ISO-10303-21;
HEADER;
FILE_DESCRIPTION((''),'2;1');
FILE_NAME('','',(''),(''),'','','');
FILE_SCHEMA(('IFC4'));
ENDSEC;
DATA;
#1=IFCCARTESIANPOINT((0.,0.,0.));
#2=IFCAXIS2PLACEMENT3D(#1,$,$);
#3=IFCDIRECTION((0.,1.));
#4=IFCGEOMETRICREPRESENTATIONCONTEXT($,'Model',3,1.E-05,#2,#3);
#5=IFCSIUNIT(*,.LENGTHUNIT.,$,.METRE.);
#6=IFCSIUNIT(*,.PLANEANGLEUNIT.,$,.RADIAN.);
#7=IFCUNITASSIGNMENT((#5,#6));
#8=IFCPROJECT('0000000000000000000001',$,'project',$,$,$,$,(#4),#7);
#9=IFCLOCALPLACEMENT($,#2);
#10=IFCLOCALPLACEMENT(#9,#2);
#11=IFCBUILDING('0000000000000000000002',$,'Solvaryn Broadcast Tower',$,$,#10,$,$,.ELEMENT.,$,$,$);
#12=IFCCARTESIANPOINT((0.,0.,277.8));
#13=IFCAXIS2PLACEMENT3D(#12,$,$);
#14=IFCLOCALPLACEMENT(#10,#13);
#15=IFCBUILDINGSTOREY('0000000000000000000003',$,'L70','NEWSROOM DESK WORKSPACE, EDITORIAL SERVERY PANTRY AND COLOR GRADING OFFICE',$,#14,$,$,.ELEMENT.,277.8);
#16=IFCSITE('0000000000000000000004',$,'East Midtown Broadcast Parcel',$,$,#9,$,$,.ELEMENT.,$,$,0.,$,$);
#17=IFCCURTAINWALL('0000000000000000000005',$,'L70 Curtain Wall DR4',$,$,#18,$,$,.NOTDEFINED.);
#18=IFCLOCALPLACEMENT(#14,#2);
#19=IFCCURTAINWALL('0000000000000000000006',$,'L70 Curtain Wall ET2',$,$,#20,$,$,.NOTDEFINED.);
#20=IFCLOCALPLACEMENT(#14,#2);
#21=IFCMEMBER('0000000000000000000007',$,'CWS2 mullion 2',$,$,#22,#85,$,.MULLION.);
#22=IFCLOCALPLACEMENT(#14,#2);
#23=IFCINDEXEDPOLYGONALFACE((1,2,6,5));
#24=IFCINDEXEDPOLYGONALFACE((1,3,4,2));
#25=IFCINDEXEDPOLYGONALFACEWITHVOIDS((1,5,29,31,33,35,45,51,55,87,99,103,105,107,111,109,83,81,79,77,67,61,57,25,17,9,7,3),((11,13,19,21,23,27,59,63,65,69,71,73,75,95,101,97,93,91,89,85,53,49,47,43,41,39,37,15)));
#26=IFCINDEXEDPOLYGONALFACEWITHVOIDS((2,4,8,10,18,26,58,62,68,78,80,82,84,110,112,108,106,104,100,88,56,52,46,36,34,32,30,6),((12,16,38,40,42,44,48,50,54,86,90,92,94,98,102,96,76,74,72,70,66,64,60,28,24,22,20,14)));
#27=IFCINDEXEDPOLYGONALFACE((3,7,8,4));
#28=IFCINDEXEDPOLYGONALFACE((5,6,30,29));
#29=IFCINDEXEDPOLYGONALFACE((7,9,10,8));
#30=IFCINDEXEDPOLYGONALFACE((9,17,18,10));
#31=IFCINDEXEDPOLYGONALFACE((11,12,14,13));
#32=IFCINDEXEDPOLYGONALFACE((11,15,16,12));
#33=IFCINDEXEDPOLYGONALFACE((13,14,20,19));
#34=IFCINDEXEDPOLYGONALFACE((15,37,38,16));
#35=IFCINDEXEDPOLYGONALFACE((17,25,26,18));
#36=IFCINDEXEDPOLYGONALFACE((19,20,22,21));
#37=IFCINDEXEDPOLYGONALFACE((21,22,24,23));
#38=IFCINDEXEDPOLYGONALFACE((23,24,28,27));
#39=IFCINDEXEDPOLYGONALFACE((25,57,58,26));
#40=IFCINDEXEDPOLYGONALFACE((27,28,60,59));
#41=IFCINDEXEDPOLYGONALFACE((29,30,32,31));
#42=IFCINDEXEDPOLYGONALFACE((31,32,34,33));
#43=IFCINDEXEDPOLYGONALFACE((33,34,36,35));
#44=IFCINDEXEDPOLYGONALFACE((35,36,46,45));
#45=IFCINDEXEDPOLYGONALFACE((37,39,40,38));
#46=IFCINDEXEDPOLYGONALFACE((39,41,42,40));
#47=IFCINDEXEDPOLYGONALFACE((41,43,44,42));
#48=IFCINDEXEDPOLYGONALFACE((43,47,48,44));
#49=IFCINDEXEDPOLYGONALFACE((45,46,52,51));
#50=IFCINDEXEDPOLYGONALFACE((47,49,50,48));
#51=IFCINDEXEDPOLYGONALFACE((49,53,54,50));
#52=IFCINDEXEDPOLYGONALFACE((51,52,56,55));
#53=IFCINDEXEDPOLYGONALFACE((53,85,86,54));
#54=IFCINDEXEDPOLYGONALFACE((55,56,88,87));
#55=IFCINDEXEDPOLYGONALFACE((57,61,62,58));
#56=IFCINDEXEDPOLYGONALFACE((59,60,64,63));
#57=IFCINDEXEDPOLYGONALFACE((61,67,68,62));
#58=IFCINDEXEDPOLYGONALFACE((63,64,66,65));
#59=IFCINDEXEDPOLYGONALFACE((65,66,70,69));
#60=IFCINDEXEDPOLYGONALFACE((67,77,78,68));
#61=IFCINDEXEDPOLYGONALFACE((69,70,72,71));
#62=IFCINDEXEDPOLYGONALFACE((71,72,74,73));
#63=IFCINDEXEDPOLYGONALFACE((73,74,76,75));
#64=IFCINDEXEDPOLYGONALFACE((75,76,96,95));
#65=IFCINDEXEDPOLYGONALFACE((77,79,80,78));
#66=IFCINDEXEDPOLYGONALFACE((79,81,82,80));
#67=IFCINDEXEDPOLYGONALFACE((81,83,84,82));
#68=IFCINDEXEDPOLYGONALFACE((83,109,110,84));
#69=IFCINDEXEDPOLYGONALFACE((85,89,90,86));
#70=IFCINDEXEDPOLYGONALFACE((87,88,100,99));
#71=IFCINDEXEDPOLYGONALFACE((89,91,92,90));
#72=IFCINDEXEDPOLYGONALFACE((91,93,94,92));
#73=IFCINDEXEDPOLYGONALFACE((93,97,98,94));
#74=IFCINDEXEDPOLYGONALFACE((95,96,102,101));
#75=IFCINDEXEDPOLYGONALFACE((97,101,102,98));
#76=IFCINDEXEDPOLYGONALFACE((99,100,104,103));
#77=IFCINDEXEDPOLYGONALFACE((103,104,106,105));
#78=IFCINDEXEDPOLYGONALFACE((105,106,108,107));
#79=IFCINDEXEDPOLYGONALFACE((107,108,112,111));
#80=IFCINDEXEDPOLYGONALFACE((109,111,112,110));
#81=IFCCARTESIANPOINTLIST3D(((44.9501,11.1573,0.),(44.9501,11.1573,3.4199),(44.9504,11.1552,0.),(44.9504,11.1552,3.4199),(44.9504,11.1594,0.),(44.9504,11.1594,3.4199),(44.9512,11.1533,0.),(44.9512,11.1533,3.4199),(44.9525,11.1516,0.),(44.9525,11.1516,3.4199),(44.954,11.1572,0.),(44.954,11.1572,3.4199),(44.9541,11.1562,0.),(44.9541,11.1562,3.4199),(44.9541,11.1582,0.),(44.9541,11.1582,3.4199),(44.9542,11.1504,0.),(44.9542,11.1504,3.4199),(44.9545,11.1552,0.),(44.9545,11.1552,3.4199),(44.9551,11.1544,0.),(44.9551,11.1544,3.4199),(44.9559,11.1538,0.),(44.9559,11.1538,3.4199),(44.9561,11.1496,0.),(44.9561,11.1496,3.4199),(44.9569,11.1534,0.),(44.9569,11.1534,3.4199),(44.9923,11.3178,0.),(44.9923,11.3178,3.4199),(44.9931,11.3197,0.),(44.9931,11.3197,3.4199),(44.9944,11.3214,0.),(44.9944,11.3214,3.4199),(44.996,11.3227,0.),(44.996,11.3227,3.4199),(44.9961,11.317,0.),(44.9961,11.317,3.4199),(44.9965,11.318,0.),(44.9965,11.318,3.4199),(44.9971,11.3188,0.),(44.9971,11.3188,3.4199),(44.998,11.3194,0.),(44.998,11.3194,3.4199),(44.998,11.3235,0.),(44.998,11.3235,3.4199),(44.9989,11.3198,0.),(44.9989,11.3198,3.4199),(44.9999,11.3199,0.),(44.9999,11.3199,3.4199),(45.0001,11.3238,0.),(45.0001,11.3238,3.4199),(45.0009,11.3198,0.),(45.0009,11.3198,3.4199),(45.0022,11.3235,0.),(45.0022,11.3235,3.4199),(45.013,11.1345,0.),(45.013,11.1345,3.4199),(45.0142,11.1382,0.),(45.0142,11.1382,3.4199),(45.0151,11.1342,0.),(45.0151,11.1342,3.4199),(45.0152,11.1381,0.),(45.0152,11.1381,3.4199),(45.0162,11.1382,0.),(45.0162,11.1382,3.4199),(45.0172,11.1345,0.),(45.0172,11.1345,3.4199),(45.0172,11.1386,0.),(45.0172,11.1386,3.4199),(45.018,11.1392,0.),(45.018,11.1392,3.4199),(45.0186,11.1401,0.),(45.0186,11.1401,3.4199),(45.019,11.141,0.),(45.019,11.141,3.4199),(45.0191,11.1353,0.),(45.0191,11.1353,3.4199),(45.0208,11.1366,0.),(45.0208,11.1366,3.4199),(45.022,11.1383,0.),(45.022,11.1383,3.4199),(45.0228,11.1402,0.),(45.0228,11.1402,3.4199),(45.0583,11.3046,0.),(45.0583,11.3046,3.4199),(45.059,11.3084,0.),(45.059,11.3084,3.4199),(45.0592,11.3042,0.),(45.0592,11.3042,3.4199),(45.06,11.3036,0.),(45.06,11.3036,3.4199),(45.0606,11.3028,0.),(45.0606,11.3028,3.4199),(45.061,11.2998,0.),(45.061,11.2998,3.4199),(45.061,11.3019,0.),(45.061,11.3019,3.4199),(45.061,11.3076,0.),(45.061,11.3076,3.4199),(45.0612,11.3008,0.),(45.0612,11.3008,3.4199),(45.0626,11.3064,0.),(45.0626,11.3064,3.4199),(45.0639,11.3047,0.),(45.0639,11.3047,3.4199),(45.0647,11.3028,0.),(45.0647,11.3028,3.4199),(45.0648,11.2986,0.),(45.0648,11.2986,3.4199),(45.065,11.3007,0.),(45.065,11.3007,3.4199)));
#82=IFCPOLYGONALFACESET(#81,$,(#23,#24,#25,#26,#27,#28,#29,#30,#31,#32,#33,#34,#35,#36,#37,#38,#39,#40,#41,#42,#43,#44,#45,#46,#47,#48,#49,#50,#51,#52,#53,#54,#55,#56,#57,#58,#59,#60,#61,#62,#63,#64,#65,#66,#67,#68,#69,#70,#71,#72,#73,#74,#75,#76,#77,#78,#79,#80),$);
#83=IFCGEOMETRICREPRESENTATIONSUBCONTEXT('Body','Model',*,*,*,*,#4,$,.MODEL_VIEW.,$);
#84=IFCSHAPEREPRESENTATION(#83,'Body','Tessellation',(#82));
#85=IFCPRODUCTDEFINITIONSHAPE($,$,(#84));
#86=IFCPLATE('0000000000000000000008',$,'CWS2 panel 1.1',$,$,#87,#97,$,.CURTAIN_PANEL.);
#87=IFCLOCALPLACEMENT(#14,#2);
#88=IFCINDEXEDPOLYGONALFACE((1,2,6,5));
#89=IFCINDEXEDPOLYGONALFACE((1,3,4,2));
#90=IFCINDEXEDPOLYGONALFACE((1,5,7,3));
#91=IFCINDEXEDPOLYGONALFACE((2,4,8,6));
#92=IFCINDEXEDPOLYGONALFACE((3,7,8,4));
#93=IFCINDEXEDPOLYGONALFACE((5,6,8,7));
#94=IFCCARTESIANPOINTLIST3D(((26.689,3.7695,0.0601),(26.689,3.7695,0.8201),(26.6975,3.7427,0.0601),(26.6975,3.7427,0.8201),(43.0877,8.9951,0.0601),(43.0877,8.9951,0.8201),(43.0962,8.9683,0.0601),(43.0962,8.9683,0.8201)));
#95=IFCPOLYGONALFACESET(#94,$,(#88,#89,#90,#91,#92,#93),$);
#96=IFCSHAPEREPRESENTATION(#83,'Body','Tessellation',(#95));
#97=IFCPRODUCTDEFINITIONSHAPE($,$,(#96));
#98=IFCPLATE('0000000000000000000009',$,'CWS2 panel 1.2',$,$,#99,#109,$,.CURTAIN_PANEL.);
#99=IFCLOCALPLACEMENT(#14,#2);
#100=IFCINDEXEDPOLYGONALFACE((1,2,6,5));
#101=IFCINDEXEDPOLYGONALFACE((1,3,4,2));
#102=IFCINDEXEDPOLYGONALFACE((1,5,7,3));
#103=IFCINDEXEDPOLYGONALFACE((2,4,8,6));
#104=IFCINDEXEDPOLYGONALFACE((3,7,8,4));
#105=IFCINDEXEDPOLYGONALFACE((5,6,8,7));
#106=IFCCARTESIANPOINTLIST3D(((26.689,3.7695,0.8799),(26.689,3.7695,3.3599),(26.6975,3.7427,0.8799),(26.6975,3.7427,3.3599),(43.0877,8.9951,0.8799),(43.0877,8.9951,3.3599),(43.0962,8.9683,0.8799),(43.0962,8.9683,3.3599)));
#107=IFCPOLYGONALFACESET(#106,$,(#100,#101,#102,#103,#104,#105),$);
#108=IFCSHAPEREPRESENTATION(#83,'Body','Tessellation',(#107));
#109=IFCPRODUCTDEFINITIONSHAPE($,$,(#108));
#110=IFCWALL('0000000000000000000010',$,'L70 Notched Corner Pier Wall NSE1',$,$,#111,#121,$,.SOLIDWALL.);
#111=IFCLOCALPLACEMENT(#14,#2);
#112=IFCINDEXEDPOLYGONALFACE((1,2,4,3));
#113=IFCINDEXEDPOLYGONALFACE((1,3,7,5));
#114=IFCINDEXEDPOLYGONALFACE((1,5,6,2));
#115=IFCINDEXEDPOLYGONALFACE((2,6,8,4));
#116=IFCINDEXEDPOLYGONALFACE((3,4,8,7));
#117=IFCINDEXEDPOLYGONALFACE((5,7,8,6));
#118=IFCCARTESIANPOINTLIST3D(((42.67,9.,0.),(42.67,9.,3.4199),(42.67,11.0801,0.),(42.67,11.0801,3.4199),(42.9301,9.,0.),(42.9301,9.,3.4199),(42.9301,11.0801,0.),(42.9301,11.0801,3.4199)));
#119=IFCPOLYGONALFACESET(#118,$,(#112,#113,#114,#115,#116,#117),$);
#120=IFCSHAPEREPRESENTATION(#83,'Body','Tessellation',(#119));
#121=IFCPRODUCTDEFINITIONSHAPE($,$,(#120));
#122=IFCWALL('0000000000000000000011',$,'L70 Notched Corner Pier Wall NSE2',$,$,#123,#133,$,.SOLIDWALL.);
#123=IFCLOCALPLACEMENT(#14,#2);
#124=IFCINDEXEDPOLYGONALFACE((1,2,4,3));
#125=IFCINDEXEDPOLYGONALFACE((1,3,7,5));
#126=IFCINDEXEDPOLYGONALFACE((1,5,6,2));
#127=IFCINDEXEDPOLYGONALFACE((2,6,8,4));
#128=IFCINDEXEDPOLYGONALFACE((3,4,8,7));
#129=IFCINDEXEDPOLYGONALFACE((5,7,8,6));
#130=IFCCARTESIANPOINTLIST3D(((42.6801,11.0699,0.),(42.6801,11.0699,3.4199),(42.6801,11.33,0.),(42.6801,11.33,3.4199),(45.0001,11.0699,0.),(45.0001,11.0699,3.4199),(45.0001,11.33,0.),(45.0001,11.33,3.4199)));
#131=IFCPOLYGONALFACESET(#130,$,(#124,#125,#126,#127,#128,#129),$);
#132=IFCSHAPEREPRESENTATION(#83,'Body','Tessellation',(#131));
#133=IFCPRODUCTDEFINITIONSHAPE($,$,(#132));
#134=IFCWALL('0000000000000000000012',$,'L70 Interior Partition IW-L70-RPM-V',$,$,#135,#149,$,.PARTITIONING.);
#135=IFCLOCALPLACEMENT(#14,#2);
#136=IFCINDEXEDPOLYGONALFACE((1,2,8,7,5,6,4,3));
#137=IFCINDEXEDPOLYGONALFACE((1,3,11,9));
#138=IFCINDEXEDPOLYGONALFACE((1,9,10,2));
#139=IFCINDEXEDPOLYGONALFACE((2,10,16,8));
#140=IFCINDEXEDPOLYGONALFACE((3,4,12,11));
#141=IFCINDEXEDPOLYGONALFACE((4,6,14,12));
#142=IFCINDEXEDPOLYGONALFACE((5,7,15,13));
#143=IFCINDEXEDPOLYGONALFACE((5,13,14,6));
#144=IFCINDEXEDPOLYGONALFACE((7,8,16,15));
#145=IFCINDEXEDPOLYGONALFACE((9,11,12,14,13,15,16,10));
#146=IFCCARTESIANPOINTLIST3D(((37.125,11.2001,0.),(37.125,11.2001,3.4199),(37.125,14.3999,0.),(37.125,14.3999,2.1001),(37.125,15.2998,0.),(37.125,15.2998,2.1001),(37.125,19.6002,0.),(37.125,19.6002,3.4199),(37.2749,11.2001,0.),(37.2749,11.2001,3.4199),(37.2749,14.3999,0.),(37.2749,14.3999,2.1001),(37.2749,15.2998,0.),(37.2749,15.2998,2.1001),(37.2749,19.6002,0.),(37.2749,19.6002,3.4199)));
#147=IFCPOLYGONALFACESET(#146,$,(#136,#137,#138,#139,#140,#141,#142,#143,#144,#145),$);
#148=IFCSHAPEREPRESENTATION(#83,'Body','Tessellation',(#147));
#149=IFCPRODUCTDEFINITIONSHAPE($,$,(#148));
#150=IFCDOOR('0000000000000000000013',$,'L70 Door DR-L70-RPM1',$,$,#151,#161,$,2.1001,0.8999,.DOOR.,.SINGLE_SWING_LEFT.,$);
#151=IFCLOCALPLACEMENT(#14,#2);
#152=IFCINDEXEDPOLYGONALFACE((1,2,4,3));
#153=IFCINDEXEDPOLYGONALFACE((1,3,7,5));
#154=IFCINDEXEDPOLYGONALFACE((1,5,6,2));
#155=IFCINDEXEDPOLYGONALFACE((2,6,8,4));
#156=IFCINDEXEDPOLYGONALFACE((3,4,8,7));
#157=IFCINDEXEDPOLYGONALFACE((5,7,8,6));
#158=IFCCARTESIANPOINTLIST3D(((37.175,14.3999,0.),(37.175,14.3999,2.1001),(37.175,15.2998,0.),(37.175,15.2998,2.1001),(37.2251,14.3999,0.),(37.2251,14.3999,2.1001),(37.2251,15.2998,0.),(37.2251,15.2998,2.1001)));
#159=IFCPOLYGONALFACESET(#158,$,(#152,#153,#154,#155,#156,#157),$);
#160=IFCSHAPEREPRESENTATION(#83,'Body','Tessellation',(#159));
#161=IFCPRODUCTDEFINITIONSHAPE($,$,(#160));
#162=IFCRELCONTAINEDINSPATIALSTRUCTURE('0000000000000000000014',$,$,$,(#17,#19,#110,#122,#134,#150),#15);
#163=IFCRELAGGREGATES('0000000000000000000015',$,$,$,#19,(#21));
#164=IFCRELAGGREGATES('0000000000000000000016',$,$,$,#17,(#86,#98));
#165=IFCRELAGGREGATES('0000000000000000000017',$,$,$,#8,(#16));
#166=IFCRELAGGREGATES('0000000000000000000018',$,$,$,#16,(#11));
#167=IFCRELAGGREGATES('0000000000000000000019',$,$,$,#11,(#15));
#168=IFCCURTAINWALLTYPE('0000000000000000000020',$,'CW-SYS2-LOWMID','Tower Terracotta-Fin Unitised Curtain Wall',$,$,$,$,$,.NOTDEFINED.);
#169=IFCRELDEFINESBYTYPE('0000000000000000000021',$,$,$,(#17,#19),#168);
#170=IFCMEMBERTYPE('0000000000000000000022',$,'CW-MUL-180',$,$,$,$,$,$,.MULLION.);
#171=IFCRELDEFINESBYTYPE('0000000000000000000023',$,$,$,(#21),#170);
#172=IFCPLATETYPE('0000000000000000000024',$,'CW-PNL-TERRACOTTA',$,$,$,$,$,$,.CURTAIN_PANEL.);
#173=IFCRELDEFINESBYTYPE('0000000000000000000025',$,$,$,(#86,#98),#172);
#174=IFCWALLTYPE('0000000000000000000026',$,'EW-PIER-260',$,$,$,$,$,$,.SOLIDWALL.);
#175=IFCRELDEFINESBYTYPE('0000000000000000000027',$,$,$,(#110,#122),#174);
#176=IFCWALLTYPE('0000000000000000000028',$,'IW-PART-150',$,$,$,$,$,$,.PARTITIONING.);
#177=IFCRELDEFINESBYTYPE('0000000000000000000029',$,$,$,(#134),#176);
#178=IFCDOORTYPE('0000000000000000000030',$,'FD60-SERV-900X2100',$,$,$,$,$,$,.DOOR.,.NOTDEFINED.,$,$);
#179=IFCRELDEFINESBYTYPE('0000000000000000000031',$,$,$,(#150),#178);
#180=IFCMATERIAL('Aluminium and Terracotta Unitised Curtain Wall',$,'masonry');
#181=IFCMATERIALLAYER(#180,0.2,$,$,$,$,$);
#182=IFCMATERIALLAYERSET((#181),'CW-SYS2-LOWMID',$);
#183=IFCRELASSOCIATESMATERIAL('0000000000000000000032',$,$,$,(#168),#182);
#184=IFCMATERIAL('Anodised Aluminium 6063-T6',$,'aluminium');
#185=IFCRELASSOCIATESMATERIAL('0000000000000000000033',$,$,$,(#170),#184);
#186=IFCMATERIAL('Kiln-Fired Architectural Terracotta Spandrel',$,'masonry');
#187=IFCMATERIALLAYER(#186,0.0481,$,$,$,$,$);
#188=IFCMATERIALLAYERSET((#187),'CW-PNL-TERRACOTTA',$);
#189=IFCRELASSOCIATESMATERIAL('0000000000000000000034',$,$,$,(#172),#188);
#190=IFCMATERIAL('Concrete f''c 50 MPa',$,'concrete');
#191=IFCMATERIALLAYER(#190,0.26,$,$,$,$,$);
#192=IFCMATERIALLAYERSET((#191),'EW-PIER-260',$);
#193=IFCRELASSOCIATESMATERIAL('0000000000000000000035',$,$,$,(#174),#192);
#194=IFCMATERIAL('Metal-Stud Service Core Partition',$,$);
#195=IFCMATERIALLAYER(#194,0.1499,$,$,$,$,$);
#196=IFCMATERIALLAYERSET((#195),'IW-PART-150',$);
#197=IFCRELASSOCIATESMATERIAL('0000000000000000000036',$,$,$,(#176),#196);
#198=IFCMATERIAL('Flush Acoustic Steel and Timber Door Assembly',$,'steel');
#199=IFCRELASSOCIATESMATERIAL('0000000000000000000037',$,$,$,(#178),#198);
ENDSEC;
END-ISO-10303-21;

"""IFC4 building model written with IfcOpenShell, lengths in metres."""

from ifc_helpers import new_model, si_unit, direction, frame, frame_2d, origin, origin_2d, place, context, subcontext, project, spatial, rectangle, hollow_rectangle, extrude, material, layer, layer_set, material_profile, profile_set, type_object, element, fill, aggregate, save


model = new_model("IFC4")

# Units and contexts
model_context = context("Model", 3, precision=1e-05, world=origin(), true_north=direction((0.0, 1.0)))
body_context = subcontext(model_context, "Body", "Model", "MODEL_VIEW")
ifc_project = project(units=[si_unit("LENGTHUNIT", "METRE"), si_unit("PLANEANGLEUNIT", "RADIAN")], contexts=[model_context])

# Site, building, storey
site_placement = place(None, origin())
site = spatial("IfcSite", under=ifc_project, at=site_placement, Name="East Midtown Broadcast Parcel", CompositionType="ELEMENT", RefElevation=0.0)
building_placement = place(site_placement, origin())
building = spatial("IfcBuilding", under=site, at=building_placement, Name="Solvaryn Broadcast Tower", CompositionType="ELEMENT")
storey_placement = place(building_placement, frame((0.0, 0.0, 277.8)))
storey = spatial("IfcBuildingStorey", under=building, at=storey_placement, Name="L70", Description="NEWSROOM DESK WORKSPACE, EDITORIAL SERVERY PANTRY AND COLOR GRADING OFFICE", CompositionType="ELEMENT", Elevation=277.8)

# Curtain walls, member
ifc_material_1 = material(Name="Aluminium and Terracotta Unitised Curtain Wall", Category="masonry")
ifc_layer_1 = layer(ifc_material_1, 0.2)
ifc_layer_set_1 = layer_set([ifc_layer_1], Name="CW-SYS2-LOWMID")
curtain_wall_type = type_object("IfcCurtainWallType", Name="CW-SYS2-LOWMID", Description="Tower Terracotta-Fin Unitised Curtain Wall", PredefinedType="NOTDEFINED", material=ifc_layer_set_1)
curtain_wall_1_placement = place(storey_placement, origin())
curtain_wall_1 = element("IfcCurtainWall", 1, at=curtain_wall_1_placement, inside=storey, type_object=curtain_wall_type, Name="L70 Curtain Wall DR4", PredefinedType="NOTDEFINED")
ifc_material_2 = material(Name="Anodised Aluminium 6063-T6", Category="aluminium")
ifc_material_profile_1 = material_profile(ifc_material_2, hollow_rectangle(XDim=0.075, YDim=0.1799, WallThickness=0.0039, InnerFilletRadius=0.0039, OuterFilletRadius=0.0081, at=origin_2d()))
ifc_profile_set_1 = profile_set([ifc_material_profile_1], Name="Anodised Aluminium 6063-T6")
member_type = type_object("IfcMemberType", Name="CW-MUL-180", PredefinedType="MULLION", material=ifc_profile_set_1)
curtain_wall_2_placement = place(storey_placement, origin())
curtain_wall_2 = element("IfcCurtainWall", 2, at=curtain_wall_2_placement, inside=storey, type_object=curtain_wall_type, Name="L70 Curtain Wall ET2", PredefinedType="NOTDEFINED")
member_1_placement = place(storey_placement, frame((45.0076, 11.229, 0.0), z_axis=(0.0, 0.0, 1.0), x_axis=(0.966705, -0.255893, 0.0)))
member_1 = element("IfcMember", 3, at=member_1_placement, type_object=member_type, Name="CWS2 mullion 2", PredefinedType="MULLION", context=body_context, shape_type="SweptSolid", body=[
    extrude(hollow_rectangle(XDim=0.075, YDim=0.1799, WallThickness=0.0039, InnerFilletRadius=0.0039, OuterFilletRadius=0.0081, at=origin_2d()), origin(), (0.0, 0.0, 1.0), 3.4199),
])
aggregate(curtain_wall_2, [member_1])

# Plates
ifc_material_3 = material(Name="Kiln-Fired Architectural Terracotta Spandrel", Category="masonry")
ifc_layer_2 = layer(ifc_material_3, 0.0481)
ifc_layer_set_2 = layer_set([ifc_layer_2], Name="CW-PNL-TERRACOTTA")
plate_type = type_object("IfcPlateType", Name="CW-PNL-TERRACOTTA", PredefinedType="CURTAIN_PANEL", material=ifc_layer_set_2)
plate_1_placement = place(storey_placement, frame((34.8926, 6.3689, 0.0601), z_axis=(0.0, 0.0, 1.0), x_axis=(0.952795, 0.303616, 0.0)))
plate_1 = element("IfcPlate", 4, at=plate_1_placement, type_object=plate_type, Name="CWS2 panel 1.1", PredefinedType="CURTAIN_PANEL", context=body_context, shape_type="SweptSolid", body=[
    extrude(rectangle(XDim=17.2112, YDim=0.0281, at=origin_2d()), origin(), (0.0, 0.0, 1.0), 0.76),
])
plate_2_placement = place(storey_placement, frame((34.8926, 6.3689, 0.8799), z_axis=(0.0, 0.0, 1.0), x_axis=(0.952795, 0.303616, 0.0)))
plate_2 = element("IfcPlate", 5, at=plate_2_placement, type_object=plate_type, Name="CWS2 panel 1.2", PredefinedType="CURTAIN_PANEL", context=body_context, shape_type="SweptSolid", body=[
    extrude(rectangle(XDim=17.2112, YDim=0.0281, at=origin_2d()), origin(), (0.0, 0.0, 1.0), 2.48),
])
aggregate(curtain_wall_1, [plate_1, plate_2])

# Walls
ifc_material_4 = material(Name="Concrete f'c 50 MPa", Category="concrete")
ifc_layer_3 = layer(ifc_material_4, 0.26)
ifc_layer_set_3 = layer_set([ifc_layer_3], Name="EW-PIER-260")
wall_type_1 = type_object("IfcWallType", Name="EW-PIER-260", PredefinedType="SOLIDWALL", material=ifc_layer_set_3)
wall_1_placement = place(storey_placement, frame((42.8, 9.0, 0.0), z_axis=(0.0, 0.0, 1.0), x_axis=(0.0, 1.0, 0.0)))
element("IfcWall", 6, at=wall_1_placement, inside=storey, type_object=wall_type_1, Name="L70 Notched Corner Pier Wall NSE1", PredefinedType="SOLIDWALL", context=body_context, shape_type="SweptSolid", body=[
    extrude(rectangle(XDim=2.0801, YDim=0.26, at=frame_2d((1.04, 0.0))), origin(), (0.0, 0.0, 1.0), 3.4199),
])
wall_2_placement = place(storey_placement, frame((42.6799, 11.2, 0.0), z_axis=(0.0, 0.0, 1.0), x_axis=(1.0, 0.0, 0.0)))
element("IfcWall", 7, at=wall_2_placement, inside=storey, type_object=wall_type_1, Name="L70 Notched Corner Pier Wall NSE2", PredefinedType="SOLIDWALL", context=body_context, shape_type="SweptSolid", body=[
    extrude(rectangle(XDim=2.3201, YDim=0.26, at=frame_2d((1.1602, 0.0))), origin(), (0.0, 0.0, 1.0), 3.4199),
])

# Wall, opening, door
ifc_material_5 = material(Name="Metal-Stud Service Core Partition")
ifc_layer_4 = layer(ifc_material_5, 0.1499)
ifc_layer_set_4 = layer_set([ifc_layer_4], Name="IW-PART-150")
wall_type_2 = type_object("IfcWallType", Name="IW-PART-150", PredefinedType="PARTITIONING", material=ifc_layer_set_4)
wall_3_placement = place(storey_placement, frame((37.2, 11.2, 0.0), z_axis=(0.0, 0.0, 1.0), x_axis=(0.0, 1.0, 0.0)))
wall_3 = element("IfcWall", 8, at=wall_3_placement, inside=storey, type_object=wall_type_2, Name="L70 Interior Partition IW-L70-RPM-V", PredefinedType="PARTITIONING", context=body_context, shape_type="SweptSolid", body=[
    extrude(rectangle(XDim=8.4001, YDim=0.1499, at=frame_2d((4.2002, 0.0))), origin(), (0.0, 0.0, 1.0), 3.4199),
])
opening_1_placement = place(wall_3_placement, frame((3.2, 0.0, 0.0)))
opening_1 = element("IfcOpeningElement", 9, at=opening_1_placement, cuts=wall_3, PredefinedType="OPENING", context=body_context, shape_type="SweptSolid", body=[
    extrude(rectangle(XDim=0.8999, YDim=2.1001, at=frame_2d((0.45, 1.05))), frame((0.0, 0.085, 0.0), z_axis=(0.0, -1.0, 0.0), x_axis=(1.0, 0.0, 0.0)), (0.0, 0.0, 1.0), 0.1699),
])
ifc_material_6 = material(Name="Flush Acoustic Steel and Timber Door Assembly", Category="steel")
door_type = type_object("IfcDoorType", Name="FD60-SERV-900X2100", OperationType="NOTDEFINED", PredefinedType="DOOR", material=ifc_material_6)
door_1_placement = place(opening_1_placement, origin())
door_1 = element("IfcDoor", 10, at=door_1_placement, inside=storey, type_object=door_type, Name="L70 Door DR-L70-RPM1", OperationType="SINGLE_SWING_LEFT", OverallHeight=2.1001, OverallWidth=0.8999, PredefinedType="DOOR", context=body_context, shape_type="SweptSolid", body=[
    extrude(rectangle(XDim=0.8999, YDim=2.1001, at=frame_2d((0.45, 1.05))), frame((0.0, 0.0249, 0.0), z_axis=(0.0, -1.0, 0.0), x_axis=(1.0, 0.0, 0.0)), (0.0, 0.0, 1.0), 0.05),
])
fill(opening_1, door_1)

save(model, "model.ifc")
